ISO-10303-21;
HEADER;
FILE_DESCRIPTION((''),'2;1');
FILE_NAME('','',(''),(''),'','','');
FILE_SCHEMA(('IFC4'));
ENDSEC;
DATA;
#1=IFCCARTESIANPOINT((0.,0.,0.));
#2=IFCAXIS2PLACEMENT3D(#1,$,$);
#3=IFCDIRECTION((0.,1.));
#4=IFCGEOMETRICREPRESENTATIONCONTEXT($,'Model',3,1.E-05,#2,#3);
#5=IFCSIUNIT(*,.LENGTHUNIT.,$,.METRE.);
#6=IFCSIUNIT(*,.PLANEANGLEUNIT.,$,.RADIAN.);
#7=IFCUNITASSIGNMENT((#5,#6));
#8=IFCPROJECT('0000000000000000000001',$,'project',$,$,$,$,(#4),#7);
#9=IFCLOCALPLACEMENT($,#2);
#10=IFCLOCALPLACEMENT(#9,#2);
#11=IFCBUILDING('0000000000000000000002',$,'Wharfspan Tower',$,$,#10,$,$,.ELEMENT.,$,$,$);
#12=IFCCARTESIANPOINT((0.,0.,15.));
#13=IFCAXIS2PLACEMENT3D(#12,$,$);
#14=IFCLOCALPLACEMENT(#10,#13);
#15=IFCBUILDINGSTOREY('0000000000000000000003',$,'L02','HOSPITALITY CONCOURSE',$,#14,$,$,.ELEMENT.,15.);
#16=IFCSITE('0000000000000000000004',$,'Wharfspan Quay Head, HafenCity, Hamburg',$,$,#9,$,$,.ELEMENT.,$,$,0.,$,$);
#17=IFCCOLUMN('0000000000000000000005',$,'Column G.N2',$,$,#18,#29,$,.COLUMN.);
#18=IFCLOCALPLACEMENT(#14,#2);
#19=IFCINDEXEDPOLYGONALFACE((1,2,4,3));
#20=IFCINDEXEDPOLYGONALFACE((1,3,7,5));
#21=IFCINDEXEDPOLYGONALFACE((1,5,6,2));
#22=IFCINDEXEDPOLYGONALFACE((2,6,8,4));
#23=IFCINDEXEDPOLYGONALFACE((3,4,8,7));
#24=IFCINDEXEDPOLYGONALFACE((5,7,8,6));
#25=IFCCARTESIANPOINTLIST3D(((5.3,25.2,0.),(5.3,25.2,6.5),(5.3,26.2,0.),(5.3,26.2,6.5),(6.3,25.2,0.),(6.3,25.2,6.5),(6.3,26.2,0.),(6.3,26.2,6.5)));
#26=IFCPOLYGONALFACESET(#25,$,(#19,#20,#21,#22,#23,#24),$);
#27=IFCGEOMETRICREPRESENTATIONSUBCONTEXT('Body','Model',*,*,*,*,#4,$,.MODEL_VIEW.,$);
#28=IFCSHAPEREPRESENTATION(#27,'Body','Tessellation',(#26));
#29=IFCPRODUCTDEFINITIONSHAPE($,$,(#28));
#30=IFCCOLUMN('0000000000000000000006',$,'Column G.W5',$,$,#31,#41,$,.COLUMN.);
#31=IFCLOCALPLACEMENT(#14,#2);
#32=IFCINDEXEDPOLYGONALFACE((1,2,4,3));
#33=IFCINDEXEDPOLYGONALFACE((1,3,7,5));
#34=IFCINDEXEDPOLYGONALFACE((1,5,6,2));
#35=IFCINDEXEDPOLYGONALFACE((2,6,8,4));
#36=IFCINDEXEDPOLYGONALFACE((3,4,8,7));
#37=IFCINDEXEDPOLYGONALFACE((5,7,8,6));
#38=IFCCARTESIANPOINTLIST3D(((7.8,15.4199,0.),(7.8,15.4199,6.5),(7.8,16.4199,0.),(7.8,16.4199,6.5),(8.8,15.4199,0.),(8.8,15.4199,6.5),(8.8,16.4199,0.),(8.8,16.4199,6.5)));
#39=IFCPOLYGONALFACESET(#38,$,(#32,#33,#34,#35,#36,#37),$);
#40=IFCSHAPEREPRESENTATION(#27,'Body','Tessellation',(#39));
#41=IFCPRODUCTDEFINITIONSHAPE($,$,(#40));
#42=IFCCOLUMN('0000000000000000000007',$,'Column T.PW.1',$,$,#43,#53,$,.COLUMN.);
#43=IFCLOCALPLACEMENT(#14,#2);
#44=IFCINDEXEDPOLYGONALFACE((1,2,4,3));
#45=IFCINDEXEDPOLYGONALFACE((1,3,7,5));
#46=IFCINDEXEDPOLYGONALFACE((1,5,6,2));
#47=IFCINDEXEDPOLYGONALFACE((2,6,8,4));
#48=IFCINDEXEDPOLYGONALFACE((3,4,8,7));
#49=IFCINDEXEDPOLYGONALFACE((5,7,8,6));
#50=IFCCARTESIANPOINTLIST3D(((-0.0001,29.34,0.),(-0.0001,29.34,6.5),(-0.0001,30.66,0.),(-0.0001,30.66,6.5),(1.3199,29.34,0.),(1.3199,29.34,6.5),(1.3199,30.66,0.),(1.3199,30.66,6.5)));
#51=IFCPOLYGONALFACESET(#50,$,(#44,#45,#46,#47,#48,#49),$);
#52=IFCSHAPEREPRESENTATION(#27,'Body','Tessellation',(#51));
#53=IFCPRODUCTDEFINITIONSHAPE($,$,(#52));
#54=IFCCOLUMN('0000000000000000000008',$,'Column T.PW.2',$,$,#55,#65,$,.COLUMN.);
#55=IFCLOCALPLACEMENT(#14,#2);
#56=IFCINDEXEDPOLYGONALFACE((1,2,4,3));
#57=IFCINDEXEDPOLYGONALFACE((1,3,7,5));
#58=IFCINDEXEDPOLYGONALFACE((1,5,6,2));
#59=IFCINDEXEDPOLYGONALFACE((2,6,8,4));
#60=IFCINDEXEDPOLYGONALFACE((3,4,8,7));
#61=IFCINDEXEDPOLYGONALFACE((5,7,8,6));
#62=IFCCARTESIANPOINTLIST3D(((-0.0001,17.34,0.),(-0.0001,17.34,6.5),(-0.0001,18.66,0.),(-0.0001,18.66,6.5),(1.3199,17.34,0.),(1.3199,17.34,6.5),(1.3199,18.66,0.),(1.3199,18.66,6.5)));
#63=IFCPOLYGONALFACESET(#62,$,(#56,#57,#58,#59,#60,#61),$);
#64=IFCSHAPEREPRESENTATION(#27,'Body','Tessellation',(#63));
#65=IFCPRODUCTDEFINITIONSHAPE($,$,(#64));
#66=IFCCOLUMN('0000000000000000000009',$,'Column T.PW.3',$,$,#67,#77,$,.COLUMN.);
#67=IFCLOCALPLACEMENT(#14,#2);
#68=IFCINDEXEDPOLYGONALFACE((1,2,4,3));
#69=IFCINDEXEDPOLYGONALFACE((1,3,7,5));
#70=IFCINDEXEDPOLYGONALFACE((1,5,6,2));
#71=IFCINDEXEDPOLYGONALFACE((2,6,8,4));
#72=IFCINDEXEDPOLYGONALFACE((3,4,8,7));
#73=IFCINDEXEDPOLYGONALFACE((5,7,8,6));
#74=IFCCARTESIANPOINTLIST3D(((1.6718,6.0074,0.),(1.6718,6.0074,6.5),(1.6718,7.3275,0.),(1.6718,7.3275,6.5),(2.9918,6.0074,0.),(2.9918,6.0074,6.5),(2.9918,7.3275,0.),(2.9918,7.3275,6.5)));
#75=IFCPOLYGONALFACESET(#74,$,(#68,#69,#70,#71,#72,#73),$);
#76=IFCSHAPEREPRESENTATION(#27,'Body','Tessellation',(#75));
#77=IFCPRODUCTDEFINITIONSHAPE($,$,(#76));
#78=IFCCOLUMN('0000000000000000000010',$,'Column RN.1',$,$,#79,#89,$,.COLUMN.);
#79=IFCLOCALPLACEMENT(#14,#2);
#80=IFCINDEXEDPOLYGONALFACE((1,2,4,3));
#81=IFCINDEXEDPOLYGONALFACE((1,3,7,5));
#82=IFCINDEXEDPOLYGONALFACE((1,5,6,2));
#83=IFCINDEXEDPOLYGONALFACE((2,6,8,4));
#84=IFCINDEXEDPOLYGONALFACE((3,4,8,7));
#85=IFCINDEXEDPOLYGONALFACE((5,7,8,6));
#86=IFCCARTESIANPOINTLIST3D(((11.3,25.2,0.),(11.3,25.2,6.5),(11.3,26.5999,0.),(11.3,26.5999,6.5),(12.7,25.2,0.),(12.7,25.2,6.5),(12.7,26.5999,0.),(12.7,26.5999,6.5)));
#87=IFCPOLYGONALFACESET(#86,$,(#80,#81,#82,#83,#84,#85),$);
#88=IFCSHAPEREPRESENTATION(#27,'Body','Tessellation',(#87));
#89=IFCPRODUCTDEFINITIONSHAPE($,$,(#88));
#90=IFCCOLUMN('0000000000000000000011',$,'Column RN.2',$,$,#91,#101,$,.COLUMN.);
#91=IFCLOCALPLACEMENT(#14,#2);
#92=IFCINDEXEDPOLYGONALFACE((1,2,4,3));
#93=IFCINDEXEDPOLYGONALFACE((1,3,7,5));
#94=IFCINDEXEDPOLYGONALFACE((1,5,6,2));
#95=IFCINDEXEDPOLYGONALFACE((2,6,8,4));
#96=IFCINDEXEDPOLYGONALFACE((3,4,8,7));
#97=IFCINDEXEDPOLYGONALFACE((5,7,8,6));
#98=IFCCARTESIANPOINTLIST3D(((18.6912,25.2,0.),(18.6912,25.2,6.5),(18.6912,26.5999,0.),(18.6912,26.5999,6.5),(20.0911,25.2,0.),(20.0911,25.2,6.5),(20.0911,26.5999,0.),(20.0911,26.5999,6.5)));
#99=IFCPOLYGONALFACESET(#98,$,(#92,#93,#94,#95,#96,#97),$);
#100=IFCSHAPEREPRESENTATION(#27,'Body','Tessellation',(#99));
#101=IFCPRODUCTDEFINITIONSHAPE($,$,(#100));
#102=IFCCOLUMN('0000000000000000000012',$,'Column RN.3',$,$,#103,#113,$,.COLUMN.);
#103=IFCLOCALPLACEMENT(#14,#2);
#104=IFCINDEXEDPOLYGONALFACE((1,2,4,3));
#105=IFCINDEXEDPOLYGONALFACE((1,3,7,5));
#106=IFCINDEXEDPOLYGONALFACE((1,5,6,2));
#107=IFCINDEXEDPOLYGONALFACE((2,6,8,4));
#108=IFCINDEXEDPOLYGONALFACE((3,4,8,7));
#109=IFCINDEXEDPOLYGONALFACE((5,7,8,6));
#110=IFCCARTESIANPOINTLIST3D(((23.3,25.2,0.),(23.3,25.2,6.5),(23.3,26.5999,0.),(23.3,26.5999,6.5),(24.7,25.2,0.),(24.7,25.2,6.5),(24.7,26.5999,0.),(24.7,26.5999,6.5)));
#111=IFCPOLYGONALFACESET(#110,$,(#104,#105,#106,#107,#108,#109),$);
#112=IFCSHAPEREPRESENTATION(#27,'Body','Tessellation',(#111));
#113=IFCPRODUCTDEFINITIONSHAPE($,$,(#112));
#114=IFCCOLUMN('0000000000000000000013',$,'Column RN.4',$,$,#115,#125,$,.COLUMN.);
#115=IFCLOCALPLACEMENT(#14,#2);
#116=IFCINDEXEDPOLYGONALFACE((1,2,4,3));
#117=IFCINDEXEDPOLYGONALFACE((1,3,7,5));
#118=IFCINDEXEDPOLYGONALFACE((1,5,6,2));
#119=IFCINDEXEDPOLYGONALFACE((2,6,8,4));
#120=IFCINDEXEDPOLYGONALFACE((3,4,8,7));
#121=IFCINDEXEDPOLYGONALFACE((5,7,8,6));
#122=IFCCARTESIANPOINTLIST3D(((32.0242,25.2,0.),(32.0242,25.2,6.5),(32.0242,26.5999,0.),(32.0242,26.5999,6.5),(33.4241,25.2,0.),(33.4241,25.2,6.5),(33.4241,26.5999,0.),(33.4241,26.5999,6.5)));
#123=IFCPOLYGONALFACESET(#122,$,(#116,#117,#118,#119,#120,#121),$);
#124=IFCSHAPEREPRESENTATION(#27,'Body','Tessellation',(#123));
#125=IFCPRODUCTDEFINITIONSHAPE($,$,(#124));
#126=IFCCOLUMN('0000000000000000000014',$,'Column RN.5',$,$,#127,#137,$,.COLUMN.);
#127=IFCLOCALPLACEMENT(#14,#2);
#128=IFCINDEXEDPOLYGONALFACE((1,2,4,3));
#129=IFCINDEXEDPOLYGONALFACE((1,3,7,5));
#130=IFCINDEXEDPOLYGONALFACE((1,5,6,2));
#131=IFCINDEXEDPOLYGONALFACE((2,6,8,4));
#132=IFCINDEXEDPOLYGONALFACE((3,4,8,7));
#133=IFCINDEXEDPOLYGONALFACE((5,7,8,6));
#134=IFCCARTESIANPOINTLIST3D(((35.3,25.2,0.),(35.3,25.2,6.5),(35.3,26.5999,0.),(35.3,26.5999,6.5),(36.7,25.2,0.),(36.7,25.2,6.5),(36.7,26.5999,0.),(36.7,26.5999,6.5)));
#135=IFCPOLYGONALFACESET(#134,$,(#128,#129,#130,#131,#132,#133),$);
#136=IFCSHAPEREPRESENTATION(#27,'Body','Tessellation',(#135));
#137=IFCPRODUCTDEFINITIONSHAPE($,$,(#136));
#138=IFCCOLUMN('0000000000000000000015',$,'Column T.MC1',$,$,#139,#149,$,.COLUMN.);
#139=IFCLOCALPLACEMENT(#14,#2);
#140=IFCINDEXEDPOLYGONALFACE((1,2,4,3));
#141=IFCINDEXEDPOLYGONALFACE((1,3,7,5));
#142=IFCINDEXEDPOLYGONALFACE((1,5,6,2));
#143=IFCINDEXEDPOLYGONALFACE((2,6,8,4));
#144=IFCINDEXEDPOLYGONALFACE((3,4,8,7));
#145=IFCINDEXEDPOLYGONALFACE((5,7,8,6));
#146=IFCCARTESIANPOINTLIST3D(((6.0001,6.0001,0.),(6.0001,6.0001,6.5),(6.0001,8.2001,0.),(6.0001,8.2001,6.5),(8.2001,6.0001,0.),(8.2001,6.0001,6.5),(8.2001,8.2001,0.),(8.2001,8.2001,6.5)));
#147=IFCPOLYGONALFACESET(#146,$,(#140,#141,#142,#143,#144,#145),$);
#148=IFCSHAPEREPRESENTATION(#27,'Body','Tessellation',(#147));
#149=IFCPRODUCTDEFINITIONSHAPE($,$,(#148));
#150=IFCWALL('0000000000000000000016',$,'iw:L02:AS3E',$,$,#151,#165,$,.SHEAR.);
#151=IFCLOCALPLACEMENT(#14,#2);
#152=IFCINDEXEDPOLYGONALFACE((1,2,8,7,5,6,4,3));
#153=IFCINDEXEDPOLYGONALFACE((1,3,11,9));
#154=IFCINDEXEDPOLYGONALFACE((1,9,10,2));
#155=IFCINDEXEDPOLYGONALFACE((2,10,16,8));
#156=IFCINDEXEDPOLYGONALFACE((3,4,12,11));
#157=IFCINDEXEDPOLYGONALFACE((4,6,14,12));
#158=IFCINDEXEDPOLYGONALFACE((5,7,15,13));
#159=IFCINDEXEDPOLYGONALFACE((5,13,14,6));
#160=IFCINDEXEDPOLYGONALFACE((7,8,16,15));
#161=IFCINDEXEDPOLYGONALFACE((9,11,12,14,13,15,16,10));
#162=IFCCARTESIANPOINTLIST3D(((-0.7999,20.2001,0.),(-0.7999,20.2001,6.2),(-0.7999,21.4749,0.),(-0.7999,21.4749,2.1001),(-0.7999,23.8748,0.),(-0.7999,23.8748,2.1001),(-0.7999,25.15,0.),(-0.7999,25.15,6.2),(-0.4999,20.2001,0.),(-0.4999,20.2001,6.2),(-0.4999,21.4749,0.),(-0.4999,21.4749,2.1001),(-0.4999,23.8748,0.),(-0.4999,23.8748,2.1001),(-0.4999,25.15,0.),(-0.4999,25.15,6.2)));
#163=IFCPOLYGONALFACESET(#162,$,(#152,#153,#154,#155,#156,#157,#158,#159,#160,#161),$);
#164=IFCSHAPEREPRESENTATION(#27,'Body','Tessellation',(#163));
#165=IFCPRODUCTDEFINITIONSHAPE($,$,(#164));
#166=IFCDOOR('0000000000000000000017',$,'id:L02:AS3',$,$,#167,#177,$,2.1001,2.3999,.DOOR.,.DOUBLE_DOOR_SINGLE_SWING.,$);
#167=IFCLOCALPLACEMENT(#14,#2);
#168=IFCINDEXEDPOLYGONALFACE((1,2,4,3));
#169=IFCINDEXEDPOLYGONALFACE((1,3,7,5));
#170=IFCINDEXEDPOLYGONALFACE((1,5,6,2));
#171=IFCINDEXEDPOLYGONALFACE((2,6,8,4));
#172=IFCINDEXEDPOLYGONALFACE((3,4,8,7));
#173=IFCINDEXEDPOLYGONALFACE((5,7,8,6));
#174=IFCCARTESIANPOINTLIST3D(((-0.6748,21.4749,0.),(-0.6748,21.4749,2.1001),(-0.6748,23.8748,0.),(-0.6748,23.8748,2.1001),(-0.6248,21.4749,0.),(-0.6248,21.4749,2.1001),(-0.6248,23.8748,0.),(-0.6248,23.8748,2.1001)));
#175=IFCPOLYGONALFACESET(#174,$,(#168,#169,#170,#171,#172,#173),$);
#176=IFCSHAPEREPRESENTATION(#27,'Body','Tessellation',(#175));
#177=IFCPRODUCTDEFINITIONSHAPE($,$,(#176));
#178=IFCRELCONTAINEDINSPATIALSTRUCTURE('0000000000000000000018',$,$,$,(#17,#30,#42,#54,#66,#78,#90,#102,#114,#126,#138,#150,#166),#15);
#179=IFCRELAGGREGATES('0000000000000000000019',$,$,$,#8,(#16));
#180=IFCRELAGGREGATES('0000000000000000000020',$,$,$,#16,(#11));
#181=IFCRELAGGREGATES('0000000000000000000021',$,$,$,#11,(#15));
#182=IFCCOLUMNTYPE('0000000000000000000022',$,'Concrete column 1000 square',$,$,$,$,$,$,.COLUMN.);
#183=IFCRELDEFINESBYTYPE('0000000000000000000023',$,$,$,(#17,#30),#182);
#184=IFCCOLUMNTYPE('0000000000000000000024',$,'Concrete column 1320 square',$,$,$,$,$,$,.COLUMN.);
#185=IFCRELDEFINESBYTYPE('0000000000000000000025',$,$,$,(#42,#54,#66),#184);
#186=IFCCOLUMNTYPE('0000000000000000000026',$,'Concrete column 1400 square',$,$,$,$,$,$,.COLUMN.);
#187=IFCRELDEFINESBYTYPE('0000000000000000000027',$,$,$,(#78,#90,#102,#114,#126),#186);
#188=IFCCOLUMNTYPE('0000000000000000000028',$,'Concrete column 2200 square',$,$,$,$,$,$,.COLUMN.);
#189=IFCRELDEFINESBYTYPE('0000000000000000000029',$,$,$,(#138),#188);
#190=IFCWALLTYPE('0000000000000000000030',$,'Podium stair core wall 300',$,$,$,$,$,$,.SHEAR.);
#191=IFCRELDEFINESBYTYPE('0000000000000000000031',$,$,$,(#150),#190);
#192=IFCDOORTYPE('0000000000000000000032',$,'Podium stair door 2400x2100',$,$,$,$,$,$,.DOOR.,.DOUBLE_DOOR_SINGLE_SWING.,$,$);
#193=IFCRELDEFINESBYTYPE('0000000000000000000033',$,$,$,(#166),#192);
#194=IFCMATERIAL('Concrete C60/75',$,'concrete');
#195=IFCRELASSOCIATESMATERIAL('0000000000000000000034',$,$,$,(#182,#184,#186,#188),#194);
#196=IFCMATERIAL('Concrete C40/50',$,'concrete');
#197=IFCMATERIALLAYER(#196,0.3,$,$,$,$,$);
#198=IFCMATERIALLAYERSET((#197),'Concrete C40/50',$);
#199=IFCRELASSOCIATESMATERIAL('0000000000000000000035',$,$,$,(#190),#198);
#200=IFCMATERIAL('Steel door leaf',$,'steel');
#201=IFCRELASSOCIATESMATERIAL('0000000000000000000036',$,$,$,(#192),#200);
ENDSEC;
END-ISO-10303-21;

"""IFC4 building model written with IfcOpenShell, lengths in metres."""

from ifc_helpers import new_model, si_unit, direction, frame, frame_2d, origin, origin_2d, place, context, subcontext, project, spatial, rectangle, extrude, material, layer, layer_set, material_profile, profile_set, type_object, element, fill, save


model = new_model("IFC4")

# Units and contexts
model_context = context("Model", 3, precision=1e-05, world=origin(), true_north=direction((0.0, 1.0)))
body_context = subcontext(model_context, "Body", "Model", "MODEL_VIEW")
ifc_project = project(units=[si_unit("LENGTHUNIT", "METRE"), si_unit("PLANEANGLEUNIT", "RADIAN")], contexts=[model_context])

# Site, building, storey
site_placement = place(None, origin())
site = spatial("IfcSite", under=ifc_project, at=site_placement, Name="Wharfspan Quay Head, HafenCity, Hamburg", CompositionType="ELEMENT", RefElevation=0.0)
building_placement = place(site_placement, origin())
building = spatial("IfcBuilding", under=site, at=building_placement, Name="Wharfspan Tower", CompositionType="ELEMENT")
storey_placement = place(building_placement, frame((0.0, 0.0, 15.0)))
storey = spatial("IfcBuildingStorey", under=building, at=storey_placement, Name="L02", Description="HOSPITALITY CONCOURSE", CompositionType="ELEMENT", Elevation=15.0)

# Columns
ifc_material_1 = material(Name="Concrete C60/75", Category="concrete")
ifc_material_profile_1 = material_profile(ifc_material_1, rectangle(XDim=1.0, YDim=1.0, at=origin_2d()))
ifc_profile_set_1 = profile_set([ifc_material_profile_1], Name="Concrete C60/75")
column_type_1 = type_object("IfcColumnType", Name="Concrete column 1000 square", PredefinedType="COLUMN", material=ifc_profile_set_1)
for number, where, z_axis, x_axis, name in (
    (1, (5.8, 25.7, 0.0), (0.0, 0.0, 1.0), (1.0, 0.0, 0.0), "Column G.N2"),
    (2, (8.3, 15.9199, 0.0), (0.0, 0.0, 1.0), (1.0, 0.0, 0.0), "Column G.W5"),
):
    element("IfcColumn", number, at=place(storey_placement, frame(where, z_axis=z_axis, x_axis=x_axis)), inside=storey, type_object=column_type_1, Name=name, PredefinedType="COLUMN", context=body_context, shape_type="SweptSolid", body=[
        extrude(rectangle(XDim=1.0, YDim=1.0, at=origin_2d()), origin(), (0.0, 0.0, 1.0), 6.5),
    ])
ifc_material_profile_2 = material_profile(ifc_material_1, rectangle(XDim=1.3201, YDim=1.3201, at=origin_2d()))
ifc_profile_set_2 = profile_set([ifc_material_profile_2], Name="Concrete C60/75")
column_type_2 = type_object("IfcColumnType", Name="Concrete column 1320 square", PredefinedType="COLUMN", material=ifc_profile_set_2)
for number, where, z_axis, x_axis, name in (
    (3, (0.6599, 30.0, 0.0), (0.0, 0.0, 1.0), (1.0, 0.0, 0.0), "Column T.PW.1"),
    (4, (0.6599, 18.0, 0.0), (0.0, 0.0, 1.0), (1.0, 0.0, 0.0), "Column T.PW.2"),
    (5, (2.3318, 6.6675, 0.0), (0.0, 0.0, 1.0), (1.0, 0.0, 0.0), "Column T.PW.3"),
):
    element("IfcColumn", number, at=place(storey_placement, frame(where, z_axis=z_axis, x_axis=x_axis)), inside=storey, type_object=column_type_2, Name=name, PredefinedType="COLUMN", context=body_context, shape_type="SweptSolid", body=[
        extrude(rectangle(XDim=1.3201, YDim=1.3201, at=origin_2d()), origin(), (0.0, 0.0, 1.0), 6.5),
    ])
ifc_material_profile_3 = material_profile(ifc_material_1, rectangle(XDim=1.3999, YDim=1.3999, at=origin_2d()))
ifc_profile_set_3 = profile_set([ifc_material_profile_3], Name="Concrete C60/75")
column_type_3 = type_object("IfcColumnType", Name="Concrete column 1400 square", PredefinedType="COLUMN", material=ifc_profile_set_3)
for number, where, z_axis, x_axis, name in (
    (6, (12.0, 25.8999, 0.0), (0.0, 0.0, 1.0), (1.0, 0.0, 0.0), "Column RN.1"),
    (7, (19.3911, 25.8999, 0.0), (0.0, 0.0, 1.0), (1.0, 0.0, 0.0), "Column RN.2"),
    (8, (24.0, 25.8999, 0.0), (0.0, 0.0, 1.0), (1.0, 0.0, 0.0), "Column RN.3"),
    (9, (32.7241, 25.8999, 0.0), (0.0, 0.0, 1.0), (1.0, 0.0, 0.0), "Column RN.4"),
    (10, (36.0, 25.8999, 0.0), (0.0, 0.0, 1.0), (1.0, 0.0, 0.0), "Column RN.5"),
):
    element("IfcColumn", number, at=place(storey_placement, frame(where, z_axis=z_axis, x_axis=x_axis)), inside=storey, type_object=column_type_3, Name=name, PredefinedType="COLUMN", context=body_context, shape_type="SweptSolid", body=[
        extrude(rectangle(XDim=1.3999, YDim=1.3999, at=origin_2d()), origin(), (0.0, 0.0, 1.0), 6.5),
    ])
ifc_material_profile_4 = material_profile(ifc_material_1, rectangle(XDim=2.2, YDim=2.2, at=origin_2d()))
ifc_profile_set_4 = profile_set([ifc_material_profile_4], Name="Concrete C60/75")
column_type_4 = type_object("IfcColumnType", Name="Concrete column 2200 square", PredefinedType="COLUMN", material=ifc_profile_set_4)
column_placement = place(storey_placement, frame((7.1001, 7.1001, 0.0), z_axis=(0.0, 0.0, 1.0), x_axis=(1.0, 0.0, 0.0)))
element("IfcColumn", 11, at=column_placement, inside=storey, type_object=column_type_4, Name="Column T.MC1", PredefinedType="COLUMN", context=body_context, shape_type="SweptSolid", body=[
    extrude(rectangle(XDim=2.2, YDim=2.2, at=origin_2d()), origin(), (0.0, 0.0, 1.0), 6.5),
])

# Wall, opening, door
ifc_material_2 = material(Name="Concrete C40/50", Category="concrete")
ifc_layer = layer(ifc_material_2, 0.3)
ifc_layer_set = layer_set([ifc_layer], Name="Concrete C40/50")
wall_type = type_object("IfcWallType", Name="Podium stair core wall 300", PredefinedType="SHEAR", material=ifc_layer_set)
wall_1_placement = place(storey_placement, frame((-0.6499, 20.2, 0.0), z_axis=(0.0, 0.0, 1.0), x_axis=(0.0, 1.0, 0.0)))
wall_1 = element("IfcWall", 12, at=wall_1_placement, inside=storey, type_object=wall_type, Name="iw:L02:AS3E", PredefinedType="SHEAR", context=body_context, shape_type="SweptSolid", body=[
    extrude(rectangle(XDim=4.95, YDim=0.3, at=frame_2d((2.4751, 0.0))), origin(), (0.0, 0.0, 1.0), 6.2),
])
opening_1_placement = place(wall_1_placement, frame((1.2749, 0.0, 0.0)))
opening_1 = element("IfcOpeningElement", 13, at=opening_1_placement, cuts=wall_1, PredefinedType="OPENING", context=body_context, shape_type="SweptSolid", body=[
    extrude(rectangle(XDim=2.3999, YDim=2.1001, at=frame_2d((1.2, 1.05))), frame((0.0, 0.1599, 0.0), z_axis=(0.0, -1.0, 0.0), x_axis=(1.0, 0.0, 0.0)), (0.0, 0.0, 1.0), 0.3201),
])
ifc_material_3 = material(Name="Steel door leaf", Category="steel")
door_type = type_object("IfcDoorType", Name="Podium stair door 2400x2100", OperationType="DOUBLE_DOOR_SINGLE_SWING", PredefinedType="DOOR", material=ifc_material_3)
door_1_placement = place(opening_1_placement, origin())
door_1 = element("IfcDoor", 14, at=door_1_placement, inside=storey, type_object=door_type, Name="id:L02:AS3", OperationType="DOUBLE_DOOR_SINGLE_SWING", OverallHeight=2.1001, OverallWidth=2.3999, PredefinedType="DOOR", context=body_context, shape_type="SweptSolid", body=[
    extrude(rectangle(XDim=2.3999, YDim=2.1001, at=frame_2d((1.2, 1.05))), frame((0.0, 0.0249, 0.0), z_axis=(0.0, -1.0, 0.0), x_axis=(1.0, 0.0, 0.0)), (0.0, 0.0, 1.0), 0.05),
])
fill(opening_1, door_1)

save(model, "model.ifc")
